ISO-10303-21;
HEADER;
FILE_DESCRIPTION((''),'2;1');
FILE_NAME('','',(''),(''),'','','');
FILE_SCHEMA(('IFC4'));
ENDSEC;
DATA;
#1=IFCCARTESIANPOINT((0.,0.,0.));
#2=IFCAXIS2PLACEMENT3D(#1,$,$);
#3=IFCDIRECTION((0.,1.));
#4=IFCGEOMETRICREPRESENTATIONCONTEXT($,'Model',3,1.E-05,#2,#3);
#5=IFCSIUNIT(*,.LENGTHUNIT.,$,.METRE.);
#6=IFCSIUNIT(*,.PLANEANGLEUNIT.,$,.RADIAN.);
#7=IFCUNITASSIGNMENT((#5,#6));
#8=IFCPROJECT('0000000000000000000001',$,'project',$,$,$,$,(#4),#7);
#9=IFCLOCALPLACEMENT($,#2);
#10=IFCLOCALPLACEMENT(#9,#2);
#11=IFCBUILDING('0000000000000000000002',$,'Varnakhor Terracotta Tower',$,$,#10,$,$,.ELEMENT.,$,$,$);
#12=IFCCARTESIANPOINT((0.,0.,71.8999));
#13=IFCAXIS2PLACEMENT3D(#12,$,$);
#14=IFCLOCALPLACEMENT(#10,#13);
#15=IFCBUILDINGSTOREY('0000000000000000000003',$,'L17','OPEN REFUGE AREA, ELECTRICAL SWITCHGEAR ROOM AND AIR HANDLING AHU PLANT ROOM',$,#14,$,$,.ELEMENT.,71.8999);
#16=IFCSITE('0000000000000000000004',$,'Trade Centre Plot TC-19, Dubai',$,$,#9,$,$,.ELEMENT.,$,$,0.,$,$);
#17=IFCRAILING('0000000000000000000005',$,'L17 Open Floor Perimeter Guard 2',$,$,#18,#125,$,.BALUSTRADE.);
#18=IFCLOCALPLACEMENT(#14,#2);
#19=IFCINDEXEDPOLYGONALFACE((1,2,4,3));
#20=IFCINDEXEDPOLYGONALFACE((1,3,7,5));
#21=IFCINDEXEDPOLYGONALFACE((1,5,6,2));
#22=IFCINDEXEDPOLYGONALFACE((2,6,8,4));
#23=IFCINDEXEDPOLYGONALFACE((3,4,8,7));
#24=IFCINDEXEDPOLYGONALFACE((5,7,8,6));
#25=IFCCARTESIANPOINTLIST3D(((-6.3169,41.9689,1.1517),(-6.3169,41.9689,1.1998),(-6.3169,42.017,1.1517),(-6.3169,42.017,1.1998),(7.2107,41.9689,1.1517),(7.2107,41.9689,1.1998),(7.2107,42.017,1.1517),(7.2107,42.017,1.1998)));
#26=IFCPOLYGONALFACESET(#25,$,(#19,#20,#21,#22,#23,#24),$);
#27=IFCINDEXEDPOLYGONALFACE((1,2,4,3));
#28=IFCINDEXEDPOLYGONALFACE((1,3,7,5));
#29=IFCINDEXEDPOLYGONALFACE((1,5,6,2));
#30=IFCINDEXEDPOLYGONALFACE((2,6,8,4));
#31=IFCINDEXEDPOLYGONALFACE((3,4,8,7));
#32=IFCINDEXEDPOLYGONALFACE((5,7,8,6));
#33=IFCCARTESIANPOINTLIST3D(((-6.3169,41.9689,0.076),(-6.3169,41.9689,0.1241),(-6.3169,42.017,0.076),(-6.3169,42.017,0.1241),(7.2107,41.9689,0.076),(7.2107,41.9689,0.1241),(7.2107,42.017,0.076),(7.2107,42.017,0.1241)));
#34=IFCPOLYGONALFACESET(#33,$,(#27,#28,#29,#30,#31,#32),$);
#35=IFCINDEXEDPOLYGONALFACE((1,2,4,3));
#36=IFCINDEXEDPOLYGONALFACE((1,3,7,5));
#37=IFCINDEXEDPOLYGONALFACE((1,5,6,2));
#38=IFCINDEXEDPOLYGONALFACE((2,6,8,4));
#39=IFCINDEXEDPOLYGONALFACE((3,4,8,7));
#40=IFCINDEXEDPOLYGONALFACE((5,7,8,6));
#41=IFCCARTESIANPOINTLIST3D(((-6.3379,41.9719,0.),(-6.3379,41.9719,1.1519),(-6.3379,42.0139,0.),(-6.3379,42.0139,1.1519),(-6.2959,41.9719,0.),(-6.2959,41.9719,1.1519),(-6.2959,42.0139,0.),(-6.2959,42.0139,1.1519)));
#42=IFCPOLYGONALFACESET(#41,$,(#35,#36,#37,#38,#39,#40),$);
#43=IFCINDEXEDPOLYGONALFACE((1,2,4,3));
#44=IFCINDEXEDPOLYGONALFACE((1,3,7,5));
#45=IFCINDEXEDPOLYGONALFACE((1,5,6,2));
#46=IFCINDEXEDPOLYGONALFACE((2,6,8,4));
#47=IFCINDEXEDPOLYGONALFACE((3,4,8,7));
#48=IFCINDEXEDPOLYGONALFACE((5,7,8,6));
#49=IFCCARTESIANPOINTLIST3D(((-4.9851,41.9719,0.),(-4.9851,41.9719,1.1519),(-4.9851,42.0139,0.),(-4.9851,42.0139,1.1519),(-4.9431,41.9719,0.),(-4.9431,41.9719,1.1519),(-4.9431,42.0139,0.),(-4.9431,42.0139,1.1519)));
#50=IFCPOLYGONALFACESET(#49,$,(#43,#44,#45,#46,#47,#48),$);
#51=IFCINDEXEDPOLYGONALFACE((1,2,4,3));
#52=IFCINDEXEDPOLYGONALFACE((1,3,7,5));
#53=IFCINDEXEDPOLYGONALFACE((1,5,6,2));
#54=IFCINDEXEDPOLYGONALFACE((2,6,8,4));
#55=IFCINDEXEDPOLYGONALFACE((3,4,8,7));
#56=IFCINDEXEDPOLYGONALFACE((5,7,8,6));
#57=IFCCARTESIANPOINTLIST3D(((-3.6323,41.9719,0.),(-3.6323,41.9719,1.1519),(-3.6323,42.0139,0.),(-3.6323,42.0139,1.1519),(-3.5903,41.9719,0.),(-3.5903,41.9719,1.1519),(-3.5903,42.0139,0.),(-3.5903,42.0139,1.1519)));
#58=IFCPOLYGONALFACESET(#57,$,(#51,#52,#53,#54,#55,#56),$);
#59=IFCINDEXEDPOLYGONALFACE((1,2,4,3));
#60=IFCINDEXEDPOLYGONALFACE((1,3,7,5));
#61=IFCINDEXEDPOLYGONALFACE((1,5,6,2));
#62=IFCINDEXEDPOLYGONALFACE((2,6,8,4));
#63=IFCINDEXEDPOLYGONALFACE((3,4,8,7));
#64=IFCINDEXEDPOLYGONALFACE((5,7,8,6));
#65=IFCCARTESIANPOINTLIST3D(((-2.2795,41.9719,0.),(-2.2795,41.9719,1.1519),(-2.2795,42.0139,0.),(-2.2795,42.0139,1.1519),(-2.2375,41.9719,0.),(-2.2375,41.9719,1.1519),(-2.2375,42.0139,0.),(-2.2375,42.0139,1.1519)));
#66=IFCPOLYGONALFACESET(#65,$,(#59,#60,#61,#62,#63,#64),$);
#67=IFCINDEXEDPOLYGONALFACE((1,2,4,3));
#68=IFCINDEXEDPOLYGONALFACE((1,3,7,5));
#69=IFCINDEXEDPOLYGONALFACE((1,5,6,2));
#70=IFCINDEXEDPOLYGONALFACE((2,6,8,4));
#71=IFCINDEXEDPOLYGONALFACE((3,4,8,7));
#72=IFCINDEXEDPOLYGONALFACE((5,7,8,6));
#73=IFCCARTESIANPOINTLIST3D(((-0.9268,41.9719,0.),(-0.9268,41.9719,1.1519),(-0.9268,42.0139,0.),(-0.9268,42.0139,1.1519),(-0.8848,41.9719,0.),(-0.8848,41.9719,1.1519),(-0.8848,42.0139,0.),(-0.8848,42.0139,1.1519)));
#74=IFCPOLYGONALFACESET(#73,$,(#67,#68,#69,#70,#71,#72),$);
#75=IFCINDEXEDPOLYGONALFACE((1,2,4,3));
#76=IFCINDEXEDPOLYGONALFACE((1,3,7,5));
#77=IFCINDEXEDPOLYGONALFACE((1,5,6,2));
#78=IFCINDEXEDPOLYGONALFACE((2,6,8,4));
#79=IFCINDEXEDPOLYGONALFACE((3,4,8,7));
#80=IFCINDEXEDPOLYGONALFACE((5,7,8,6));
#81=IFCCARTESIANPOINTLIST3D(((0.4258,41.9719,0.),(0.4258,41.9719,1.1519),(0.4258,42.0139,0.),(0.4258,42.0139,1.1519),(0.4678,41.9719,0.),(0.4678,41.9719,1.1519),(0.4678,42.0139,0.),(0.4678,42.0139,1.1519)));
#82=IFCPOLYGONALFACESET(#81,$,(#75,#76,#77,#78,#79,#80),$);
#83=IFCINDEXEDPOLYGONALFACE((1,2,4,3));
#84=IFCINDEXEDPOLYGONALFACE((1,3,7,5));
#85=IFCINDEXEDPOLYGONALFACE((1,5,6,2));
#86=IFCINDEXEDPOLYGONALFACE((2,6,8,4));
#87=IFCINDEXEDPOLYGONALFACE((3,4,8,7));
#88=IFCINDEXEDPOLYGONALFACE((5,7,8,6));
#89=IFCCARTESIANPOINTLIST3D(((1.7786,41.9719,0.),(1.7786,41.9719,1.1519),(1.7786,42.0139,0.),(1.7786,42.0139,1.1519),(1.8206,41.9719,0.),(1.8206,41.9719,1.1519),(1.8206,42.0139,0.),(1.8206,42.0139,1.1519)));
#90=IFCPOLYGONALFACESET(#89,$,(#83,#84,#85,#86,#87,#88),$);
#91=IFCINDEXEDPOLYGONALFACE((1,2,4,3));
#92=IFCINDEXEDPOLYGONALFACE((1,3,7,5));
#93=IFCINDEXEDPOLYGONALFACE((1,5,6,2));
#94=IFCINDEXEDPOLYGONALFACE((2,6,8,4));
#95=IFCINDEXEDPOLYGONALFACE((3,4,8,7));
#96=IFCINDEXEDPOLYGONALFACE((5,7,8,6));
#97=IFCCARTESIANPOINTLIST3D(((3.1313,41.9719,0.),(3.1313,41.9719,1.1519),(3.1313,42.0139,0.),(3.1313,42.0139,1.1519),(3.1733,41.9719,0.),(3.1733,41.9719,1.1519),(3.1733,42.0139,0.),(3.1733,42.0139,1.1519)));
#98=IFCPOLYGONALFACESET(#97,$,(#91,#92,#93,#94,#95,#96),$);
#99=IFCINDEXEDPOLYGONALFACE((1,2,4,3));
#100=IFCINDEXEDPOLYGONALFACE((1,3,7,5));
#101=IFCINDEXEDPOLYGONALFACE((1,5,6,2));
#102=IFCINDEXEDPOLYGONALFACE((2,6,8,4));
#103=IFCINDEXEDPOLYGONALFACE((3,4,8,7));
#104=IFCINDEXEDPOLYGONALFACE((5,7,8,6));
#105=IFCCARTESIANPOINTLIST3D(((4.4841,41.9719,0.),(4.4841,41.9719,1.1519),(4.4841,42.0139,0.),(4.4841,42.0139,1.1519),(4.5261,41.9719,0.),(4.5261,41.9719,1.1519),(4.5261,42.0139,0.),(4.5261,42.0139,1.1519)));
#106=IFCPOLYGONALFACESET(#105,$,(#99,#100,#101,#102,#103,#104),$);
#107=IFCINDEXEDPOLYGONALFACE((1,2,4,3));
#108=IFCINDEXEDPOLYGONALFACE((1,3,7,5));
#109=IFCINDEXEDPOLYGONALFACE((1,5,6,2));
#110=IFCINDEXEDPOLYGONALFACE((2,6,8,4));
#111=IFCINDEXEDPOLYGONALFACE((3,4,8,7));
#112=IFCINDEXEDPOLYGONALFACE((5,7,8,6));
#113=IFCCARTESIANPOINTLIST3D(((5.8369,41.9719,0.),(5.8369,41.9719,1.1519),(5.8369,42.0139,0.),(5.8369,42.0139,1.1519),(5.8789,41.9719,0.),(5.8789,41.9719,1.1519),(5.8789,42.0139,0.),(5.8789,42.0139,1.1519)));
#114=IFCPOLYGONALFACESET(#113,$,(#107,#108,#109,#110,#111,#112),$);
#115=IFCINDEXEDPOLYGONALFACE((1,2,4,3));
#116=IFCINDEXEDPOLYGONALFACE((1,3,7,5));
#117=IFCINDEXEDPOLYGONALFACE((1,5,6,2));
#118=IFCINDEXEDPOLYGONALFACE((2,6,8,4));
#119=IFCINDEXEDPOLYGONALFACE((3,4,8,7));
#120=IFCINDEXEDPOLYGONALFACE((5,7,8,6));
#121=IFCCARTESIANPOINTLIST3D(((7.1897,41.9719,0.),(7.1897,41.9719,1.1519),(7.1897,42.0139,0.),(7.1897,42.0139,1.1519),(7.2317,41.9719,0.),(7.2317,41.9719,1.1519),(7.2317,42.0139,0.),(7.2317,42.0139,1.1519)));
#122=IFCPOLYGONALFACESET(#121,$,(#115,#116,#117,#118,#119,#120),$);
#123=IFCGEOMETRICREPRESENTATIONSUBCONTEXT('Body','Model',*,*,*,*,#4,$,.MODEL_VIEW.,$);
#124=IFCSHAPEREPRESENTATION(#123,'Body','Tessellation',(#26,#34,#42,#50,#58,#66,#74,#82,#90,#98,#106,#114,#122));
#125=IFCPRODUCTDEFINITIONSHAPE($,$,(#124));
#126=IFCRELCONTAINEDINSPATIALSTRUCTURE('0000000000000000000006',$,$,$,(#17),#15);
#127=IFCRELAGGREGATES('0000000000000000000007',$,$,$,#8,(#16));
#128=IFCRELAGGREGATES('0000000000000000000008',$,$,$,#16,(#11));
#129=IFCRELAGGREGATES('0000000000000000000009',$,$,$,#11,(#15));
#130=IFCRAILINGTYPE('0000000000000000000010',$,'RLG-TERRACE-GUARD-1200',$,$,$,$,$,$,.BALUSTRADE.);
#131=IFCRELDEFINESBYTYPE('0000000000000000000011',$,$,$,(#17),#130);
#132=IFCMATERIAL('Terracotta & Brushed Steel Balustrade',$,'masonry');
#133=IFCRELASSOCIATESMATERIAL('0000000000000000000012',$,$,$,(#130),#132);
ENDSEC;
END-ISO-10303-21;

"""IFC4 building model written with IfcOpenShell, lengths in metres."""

from ifc_helpers import new_model, si_unit, direction, frame, origin, origin_2d, place, context, subcontext, project, spatial, rectangle, extrude, material, type_object, element, save


model = new_model("IFC4")

# Units and contexts
model_context = context("Model", 3, precision=1e-05, world=origin(), true_north=direction((0.0, 1.0)))
body_context = subcontext(model_context, "Body", "Model", "MODEL_VIEW")
ifc_project = project(units=[si_unit("LENGTHUNIT", "METRE"), si_unit("PLANEANGLEUNIT", "RADIAN")], contexts=[model_context])

# Site, building, storey
site_placement = place(None, origin())
site = spatial("IfcSite", under=ifc_project, at=site_placement, Name="Trade Centre Plot TC-19, Dubai", CompositionType="ELEMENT", RefElevation=0.0)
building_placement = place(site_placement, origin())
building = spatial("IfcBuilding", under=site, at=building_placement, Name="Varnakhor Terracotta Tower", CompositionType="ELEMENT")
storey_placement = place(building_placement, frame((0.0, 0.0, 71.8999)))
storey = spatial("IfcBuildingStorey", under=building, at=storey_placement, Name="L17", Description="OPEN REFUGE AREA, ELECTRICAL SWITCHGEAR ROOM AND AIR HANDLING AHU PLANT ROOM", CompositionType="ELEMENT", Elevation=71.8999)

# Railing
ifc_material_1 = material(Name="Terracotta & Brushed Steel Balustrade", Category="masonry")
railing_type = type_object("IfcRailingType", Name="RLG-TERRACE-GUARD-1200", PredefinedType="BALUSTRADE", material=ifc_material_1)
railing_placement = place(storey_placement, frame((-6.3169, 41.9929, 0.0)))
element("IfcRailing", 1, at=railing_placement, inside=storey, type_object=railing_type, Name="L17 Open Floor Perimeter Guard 2", PredefinedType="BALUSTRADE", context=body_context, shape_type="SweptSolid", body=[
    extrude(rectangle(XDim=0.0481, YDim=0.0481, at=origin_2d()), frame((0.0, 0.0, 1.1758), z_axis=(1.0, 0.0, 0.0), x_axis=(0.0, 1.0, 0.0)), (0.0, 0.0, 1.0), 13.5276),
    extrude(rectangle(XDim=0.0481, YDim=0.0481, at=origin_2d()), frame((0.0, 0.0, 0.1001), z_axis=(1.0, 0.0, 0.0), x_axis=(0.0, 1.0, 0.0)), (0.0, 0.0, 1.0), 13.5276),
    extrude(rectangle(XDim=0.042, YDim=0.042, at=origin_2d()), origin(), (0.0, 0.0, 1.0), 1.1519),
    extrude(rectangle(XDim=0.042, YDim=0.042, at=origin_2d()), frame((1.3528, 0.0, 0.0)), (0.0, 0.0, 1.0), 1.1519),
    extrude(rectangle(XDim=0.042, YDim=0.042, at=origin_2d()), frame((2.7056, 0.0, 0.0)), (0.0, 0.0, 1.0), 1.1519),
    extrude(rectangle(XDim=0.042, YDim=0.042, at=origin_2d()), frame((4.0583, 0.0, 0.0)), (0.0, 0.0, 1.0), 1.1519),
    extrude(rectangle(XDim=0.042, YDim=0.042, at=origin_2d()), frame((5.4111, 0.0, 0.0)), (0.0, 0.0, 1.0), 1.1519),
    extrude(rectangle(XDim=0.042, YDim=0.042, at=origin_2d()), frame((6.7637, 0.0, 0.0)), (0.0, 0.0, 1.0), 1.1519),
    extrude(rectangle(XDim=0.042, YDim=0.042, at=origin_2d()), frame((8.1165, 0.0, 0.0)), (0.0, 0.0, 1.0), 1.1519),
    extrude(rectangle(XDim=0.042, YDim=0.042, at=origin_2d()), frame((9.4692, 0.0, 0.0)), (0.0, 0.0, 1.0), 1.1519),
    extrude(rectangle(XDim=0.042, YDim=0.042, at=origin_2d()), frame((10.822, 0.0, 0.0)), (0.0, 0.0, 1.0), 1.1519),
    extrude(rectangle(XDim=0.042, YDim=0.042, at=origin_2d()), frame((12.1748, 0.0, 0.0)), (0.0, 0.0, 1.0), 1.1519),
    extrude(rectangle(XDim=0.042, YDim=0.042, at=origin_2d()), frame((13.5276, 0.0, 0.0)), (0.0, 0.0, 1.0), 1.1519),
])

save(model, "model.ifc")
